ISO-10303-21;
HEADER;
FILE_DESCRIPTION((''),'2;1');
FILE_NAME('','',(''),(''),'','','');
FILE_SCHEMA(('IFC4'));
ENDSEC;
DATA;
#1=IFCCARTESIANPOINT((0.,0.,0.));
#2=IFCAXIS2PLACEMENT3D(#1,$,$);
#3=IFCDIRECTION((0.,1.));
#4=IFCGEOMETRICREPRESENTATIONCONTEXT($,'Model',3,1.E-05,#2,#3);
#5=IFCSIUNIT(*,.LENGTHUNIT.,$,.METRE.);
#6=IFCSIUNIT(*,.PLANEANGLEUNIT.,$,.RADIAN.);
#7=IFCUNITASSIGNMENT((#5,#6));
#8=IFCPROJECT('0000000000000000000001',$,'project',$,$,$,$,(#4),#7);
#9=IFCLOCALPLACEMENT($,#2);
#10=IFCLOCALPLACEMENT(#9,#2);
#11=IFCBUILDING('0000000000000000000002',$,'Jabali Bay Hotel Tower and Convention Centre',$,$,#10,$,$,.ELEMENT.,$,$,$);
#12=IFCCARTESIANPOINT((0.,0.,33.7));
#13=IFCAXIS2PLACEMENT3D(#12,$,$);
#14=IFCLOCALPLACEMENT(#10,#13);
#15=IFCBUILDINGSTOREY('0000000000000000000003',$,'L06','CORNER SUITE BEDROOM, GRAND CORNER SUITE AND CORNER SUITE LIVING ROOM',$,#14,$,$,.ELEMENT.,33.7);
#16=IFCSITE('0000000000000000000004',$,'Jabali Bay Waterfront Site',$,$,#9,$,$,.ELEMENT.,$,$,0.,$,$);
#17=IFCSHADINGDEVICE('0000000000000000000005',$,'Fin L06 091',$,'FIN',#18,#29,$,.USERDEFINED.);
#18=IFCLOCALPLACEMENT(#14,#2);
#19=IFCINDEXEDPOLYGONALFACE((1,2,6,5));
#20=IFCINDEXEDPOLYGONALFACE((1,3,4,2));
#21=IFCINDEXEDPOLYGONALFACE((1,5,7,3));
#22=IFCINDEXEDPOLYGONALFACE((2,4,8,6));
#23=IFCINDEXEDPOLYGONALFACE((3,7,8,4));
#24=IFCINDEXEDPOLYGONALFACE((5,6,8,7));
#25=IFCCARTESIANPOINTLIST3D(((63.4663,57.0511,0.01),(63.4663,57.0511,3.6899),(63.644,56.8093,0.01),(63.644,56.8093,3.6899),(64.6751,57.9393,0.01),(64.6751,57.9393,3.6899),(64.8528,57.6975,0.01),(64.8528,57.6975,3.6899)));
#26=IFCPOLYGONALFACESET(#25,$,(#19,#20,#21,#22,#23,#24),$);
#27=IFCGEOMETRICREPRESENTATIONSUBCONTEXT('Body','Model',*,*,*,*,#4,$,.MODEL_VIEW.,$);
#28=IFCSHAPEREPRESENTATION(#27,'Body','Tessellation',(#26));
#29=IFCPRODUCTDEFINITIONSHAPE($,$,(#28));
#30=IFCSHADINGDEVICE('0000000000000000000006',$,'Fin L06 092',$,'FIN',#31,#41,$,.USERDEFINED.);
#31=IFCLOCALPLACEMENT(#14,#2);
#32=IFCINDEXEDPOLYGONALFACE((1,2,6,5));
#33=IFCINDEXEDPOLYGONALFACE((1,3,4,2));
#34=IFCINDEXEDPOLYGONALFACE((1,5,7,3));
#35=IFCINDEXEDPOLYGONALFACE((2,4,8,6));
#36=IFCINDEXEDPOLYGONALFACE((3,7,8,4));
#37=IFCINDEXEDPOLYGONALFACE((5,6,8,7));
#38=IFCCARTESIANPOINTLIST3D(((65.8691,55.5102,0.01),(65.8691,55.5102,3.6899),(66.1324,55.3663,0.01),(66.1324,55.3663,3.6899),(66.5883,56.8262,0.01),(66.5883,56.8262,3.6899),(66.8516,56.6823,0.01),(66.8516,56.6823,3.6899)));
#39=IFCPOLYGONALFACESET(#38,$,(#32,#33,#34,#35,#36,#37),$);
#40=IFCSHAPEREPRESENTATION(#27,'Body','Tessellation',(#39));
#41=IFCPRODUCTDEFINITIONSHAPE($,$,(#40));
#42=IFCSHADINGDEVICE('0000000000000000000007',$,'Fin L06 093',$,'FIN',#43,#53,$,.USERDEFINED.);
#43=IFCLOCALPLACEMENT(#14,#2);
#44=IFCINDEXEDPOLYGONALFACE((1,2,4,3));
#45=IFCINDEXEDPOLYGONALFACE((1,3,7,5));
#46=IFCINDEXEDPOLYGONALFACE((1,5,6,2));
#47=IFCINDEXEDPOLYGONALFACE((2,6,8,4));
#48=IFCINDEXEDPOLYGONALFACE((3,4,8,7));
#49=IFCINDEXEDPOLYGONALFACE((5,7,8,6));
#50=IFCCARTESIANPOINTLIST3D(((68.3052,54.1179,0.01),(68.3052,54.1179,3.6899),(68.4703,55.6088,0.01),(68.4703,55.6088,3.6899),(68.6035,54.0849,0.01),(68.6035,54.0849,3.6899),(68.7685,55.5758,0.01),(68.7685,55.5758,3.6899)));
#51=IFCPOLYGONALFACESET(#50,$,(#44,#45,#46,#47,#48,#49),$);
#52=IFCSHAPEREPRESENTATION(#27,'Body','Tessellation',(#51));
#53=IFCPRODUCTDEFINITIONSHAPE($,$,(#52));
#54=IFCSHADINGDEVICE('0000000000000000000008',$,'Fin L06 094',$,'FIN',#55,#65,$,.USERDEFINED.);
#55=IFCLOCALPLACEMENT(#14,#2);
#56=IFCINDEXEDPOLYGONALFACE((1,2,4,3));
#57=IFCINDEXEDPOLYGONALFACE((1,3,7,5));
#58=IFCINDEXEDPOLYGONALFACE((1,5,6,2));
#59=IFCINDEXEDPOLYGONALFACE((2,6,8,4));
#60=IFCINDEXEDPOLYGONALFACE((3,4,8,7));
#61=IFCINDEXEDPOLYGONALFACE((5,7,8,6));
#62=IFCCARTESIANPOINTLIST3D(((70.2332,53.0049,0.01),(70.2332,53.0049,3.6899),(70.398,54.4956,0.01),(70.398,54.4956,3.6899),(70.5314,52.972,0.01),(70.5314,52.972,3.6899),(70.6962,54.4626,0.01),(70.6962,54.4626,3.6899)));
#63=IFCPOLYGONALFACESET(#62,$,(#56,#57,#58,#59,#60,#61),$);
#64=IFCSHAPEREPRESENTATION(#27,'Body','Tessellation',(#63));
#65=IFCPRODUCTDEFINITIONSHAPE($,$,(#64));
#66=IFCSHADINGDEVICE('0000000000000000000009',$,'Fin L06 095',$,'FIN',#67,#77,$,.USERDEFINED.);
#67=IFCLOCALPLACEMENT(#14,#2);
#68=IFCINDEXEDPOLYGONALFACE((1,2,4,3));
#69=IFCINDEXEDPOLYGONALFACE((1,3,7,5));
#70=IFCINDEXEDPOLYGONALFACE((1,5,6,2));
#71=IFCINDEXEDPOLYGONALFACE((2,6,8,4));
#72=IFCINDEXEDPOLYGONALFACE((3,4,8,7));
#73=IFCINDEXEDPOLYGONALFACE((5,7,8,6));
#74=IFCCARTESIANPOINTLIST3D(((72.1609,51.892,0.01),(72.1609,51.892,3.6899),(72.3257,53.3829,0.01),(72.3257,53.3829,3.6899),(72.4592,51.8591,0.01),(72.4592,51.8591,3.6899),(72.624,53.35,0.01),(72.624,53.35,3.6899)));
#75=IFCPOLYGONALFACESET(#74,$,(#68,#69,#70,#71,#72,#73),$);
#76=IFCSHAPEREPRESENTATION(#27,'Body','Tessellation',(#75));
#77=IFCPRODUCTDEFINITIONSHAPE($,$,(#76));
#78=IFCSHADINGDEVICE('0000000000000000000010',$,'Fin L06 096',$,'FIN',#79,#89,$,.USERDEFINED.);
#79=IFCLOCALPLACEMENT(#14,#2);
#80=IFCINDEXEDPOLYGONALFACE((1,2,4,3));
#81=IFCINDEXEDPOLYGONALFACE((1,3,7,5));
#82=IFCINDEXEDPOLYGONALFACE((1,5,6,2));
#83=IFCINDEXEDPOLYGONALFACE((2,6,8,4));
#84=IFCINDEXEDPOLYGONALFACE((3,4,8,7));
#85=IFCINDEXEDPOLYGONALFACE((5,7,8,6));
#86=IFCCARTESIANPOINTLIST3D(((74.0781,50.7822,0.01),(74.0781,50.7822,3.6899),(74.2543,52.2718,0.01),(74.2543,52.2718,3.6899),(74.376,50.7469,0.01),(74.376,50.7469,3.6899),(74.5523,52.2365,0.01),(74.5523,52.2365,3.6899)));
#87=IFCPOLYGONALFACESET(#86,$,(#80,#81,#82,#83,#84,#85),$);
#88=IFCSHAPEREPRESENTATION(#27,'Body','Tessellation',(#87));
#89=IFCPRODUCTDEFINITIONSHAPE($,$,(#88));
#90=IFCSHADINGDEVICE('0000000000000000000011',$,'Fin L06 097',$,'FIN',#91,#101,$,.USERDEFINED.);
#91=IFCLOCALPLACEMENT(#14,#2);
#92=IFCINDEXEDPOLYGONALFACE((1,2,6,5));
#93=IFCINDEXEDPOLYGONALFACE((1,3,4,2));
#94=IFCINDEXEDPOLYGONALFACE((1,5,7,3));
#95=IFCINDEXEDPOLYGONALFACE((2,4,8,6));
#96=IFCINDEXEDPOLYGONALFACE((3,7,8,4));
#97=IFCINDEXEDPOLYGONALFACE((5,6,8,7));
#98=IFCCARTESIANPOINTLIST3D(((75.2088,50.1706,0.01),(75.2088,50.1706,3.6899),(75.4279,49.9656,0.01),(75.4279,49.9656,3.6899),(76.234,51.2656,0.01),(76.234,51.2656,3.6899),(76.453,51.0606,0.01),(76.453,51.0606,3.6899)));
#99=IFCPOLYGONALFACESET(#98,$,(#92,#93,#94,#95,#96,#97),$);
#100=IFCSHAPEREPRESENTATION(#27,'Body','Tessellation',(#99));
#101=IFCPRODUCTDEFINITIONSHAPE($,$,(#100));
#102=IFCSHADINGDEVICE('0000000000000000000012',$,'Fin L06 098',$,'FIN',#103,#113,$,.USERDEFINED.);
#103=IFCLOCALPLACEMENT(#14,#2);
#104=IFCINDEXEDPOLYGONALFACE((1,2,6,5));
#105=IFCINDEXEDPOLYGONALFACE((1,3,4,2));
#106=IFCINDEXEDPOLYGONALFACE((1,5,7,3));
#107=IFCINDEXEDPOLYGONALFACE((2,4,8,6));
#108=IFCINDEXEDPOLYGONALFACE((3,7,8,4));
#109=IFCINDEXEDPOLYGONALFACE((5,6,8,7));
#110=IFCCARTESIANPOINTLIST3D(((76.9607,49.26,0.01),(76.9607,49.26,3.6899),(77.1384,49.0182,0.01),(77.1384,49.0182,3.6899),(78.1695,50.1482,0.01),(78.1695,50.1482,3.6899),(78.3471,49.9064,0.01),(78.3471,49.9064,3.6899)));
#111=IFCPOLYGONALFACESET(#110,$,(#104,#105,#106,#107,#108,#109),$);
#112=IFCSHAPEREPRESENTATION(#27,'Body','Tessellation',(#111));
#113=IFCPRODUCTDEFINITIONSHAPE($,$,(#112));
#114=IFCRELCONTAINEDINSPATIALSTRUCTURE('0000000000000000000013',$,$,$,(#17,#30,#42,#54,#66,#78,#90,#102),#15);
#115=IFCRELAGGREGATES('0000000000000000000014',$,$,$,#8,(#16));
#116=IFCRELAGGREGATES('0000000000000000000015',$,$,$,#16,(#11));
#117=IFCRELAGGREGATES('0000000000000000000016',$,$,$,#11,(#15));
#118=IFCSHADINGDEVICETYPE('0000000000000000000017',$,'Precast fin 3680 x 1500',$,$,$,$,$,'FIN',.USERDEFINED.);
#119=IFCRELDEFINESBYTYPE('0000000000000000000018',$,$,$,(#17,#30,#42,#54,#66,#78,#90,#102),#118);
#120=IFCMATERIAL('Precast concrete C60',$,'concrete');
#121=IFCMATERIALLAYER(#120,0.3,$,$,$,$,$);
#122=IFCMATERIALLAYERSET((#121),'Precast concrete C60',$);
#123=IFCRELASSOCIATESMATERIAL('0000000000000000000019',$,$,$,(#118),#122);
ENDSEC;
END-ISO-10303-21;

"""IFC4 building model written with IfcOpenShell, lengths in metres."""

from ifc_helpers import new_model, si_unit, direction, frame, frame_2d, origin, place, context, subcontext, project, spatial, rectangle, extrude, material, layer, layer_set, type_object, element, save


model = new_model("IFC4")

# Units and contexts
model_context = context("Model", 3, precision=1e-05, world=origin(), true_north=direction((0.0, 1.0)))
body_context = subcontext(model_context, "Body", "Model", "MODEL_VIEW")
ifc_project = project(units=[si_unit("LENGTHUNIT", "METRE"), si_unit("PLANEANGLEUNIT", "RADIAN")], contexts=[model_context])

# Site, building, storey
site_placement = place(None, origin())
site = spatial("IfcSite", under=ifc_project, at=site_placement, Name="Jabali Bay Waterfront Site", CompositionType="ELEMENT", RefElevation=0.0)
building_placement = place(site_placement, origin())
building = spatial("IfcBuilding", under=site, at=building_placement, Name="Jabali Bay Hotel Tower and Convention Centre", CompositionType="ELEMENT")
storey_placement = place(building_placement, frame((0.0, 0.0, 33.7)))
storey = spatial("IfcBuildingStorey", under=building, at=storey_placement, Name="L06", Description="CORNER SUITE BEDROOM, GRAND CORNER SUITE AND CORNER SUITE LIVING ROOM", CompositionType="ELEMENT", Elevation=33.7)

# Shading devices
ifc_material_1 = material(Name="Precast concrete C60", Category="concrete")
ifc_layer_1 = layer(ifc_material_1, 0.3)
ifc_layer_set_1 = layer_set([ifc_layer_1], Name="Precast concrete C60")
shading_device_type = type_object("IfcShadingDeviceType", Name="Precast fin 3680 x 1500", ElementType="FIN", PredefinedType="USERDEFINED", material=ifc_layer_set_1)
for number, where, z_axis, x_axis, name in (
    (1, (64.7639, 57.8184, 0.01), (0.0, 0.0, 1.0), (-0.805841, -0.592133, 0.0), "Fin L06 091"),
):
    element("IfcShadingDevice", number, at=place(storey_placement, frame(where, z_axis=z_axis, x_axis=x_axis)), inside=storey, type_object=shading_device_type, Name=name, ObjectType="FIN", PredefinedType="USERDEFINED", context=body_context, shape_type="SweptSolid", body=[
        extrude(rectangle(XDim=1.5, YDim=0.3, at=frame_2d((0.75, 0.0))), origin(), (0.0, 0.0, 1.0), 3.6799),
    ])
shading_device_1_placement = place(storey_placement, frame((66.72, 56.7544, 0.01), z_axis=(0.0, 0.0, 1.0), x_axis=(-0.479536, -0.877522, 0.0)))
element("IfcShadingDevice", 2, at=shading_device_1_placement, inside=storey, type_object=shading_device_type, Name="Fin L06 092", ObjectType="FIN", PredefinedType="USERDEFINED", context=body_context, shape_type="SweptSolid", body=[
    extrude(rectangle(XDim=1.4998, YDim=0.3, at=frame_2d((0.75, 0.0))), origin(), (0.0, 0.0, 1.0), 3.6799),
])
shading_device_2_placement = place(storey_placement, frame((68.6194, 55.5923, 0.01), z_axis=(0.0, 0.0, 1.0), x_axis=(-0.110021, -0.993929, 0.0)))
element("IfcShadingDevice", 3, at=shading_device_2_placement, inside=storey, type_object=shading_device_type, Name="Fin L06 093", ObjectType="FIN", PredefinedType="USERDEFINED", context=body_context, shape_type="SweptSolid", body=[
    extrude(rectangle(XDim=1.5, YDim=0.3, at=frame_2d((0.75, 0.0))), origin(), (0.0, 0.0, 1.0), 3.6799),
])
shading_device_3_placement = place(storey_placement, frame((70.5471, 54.4792, 0.01), z_axis=(0.0, 0.0, 1.0), x_axis=(-0.109878, -0.993945, 0.0)))
element("IfcShadingDevice", 4, at=shading_device_3_placement, inside=storey, type_object=shading_device_type, Name="Fin L06 094", ObjectType="FIN", PredefinedType="USERDEFINED", context=body_context, shape_type="SweptSolid", body=[
    extrude(rectangle(XDim=1.4998, YDim=0.3, at=frame_2d((0.75, 0.0))), origin(), (0.0, 0.0, 1.0), 3.6799),
])
for number, where, z_axis, x_axis, name in (
    (5, (72.4749, 53.3665, 0.01), (0.0, 0.0, 1.0), (-0.10986, -0.993947, 0.0), "Fin L06 095"),
    (6, (74.4033, 52.2542, 0.01), (0.0, 0.0, 1.0), (-0.117521, -0.99307, 0.0), "Fin L06 096"),
    (7, (76.3435, 51.1631, 0.01), (0.0, 0.0, 1.0), (-0.683448, -0.729999, 0.0), "Fin L06 097"),
    (8, (78.2583, 50.0273, 0.01), (0.0, 0.0, 1.0), (-0.805841, -0.592133, 0.0), "Fin L06 098"),
):
    element("IfcShadingDevice", number, at=place(storey_placement, frame(where, z_axis=z_axis, x_axis=x_axis)), inside=storey, type_object=shading_device_type, Name=name, ObjectType="FIN", PredefinedType="USERDEFINED", context=body_context, shape_type="SweptSolid", body=[
        extrude(rectangle(XDim=1.5, YDim=0.3, at=frame_2d((0.75, 0.0))), origin(), (0.0, 0.0, 1.0), 3.6799),
    ])

save(model, "model.ifc")
